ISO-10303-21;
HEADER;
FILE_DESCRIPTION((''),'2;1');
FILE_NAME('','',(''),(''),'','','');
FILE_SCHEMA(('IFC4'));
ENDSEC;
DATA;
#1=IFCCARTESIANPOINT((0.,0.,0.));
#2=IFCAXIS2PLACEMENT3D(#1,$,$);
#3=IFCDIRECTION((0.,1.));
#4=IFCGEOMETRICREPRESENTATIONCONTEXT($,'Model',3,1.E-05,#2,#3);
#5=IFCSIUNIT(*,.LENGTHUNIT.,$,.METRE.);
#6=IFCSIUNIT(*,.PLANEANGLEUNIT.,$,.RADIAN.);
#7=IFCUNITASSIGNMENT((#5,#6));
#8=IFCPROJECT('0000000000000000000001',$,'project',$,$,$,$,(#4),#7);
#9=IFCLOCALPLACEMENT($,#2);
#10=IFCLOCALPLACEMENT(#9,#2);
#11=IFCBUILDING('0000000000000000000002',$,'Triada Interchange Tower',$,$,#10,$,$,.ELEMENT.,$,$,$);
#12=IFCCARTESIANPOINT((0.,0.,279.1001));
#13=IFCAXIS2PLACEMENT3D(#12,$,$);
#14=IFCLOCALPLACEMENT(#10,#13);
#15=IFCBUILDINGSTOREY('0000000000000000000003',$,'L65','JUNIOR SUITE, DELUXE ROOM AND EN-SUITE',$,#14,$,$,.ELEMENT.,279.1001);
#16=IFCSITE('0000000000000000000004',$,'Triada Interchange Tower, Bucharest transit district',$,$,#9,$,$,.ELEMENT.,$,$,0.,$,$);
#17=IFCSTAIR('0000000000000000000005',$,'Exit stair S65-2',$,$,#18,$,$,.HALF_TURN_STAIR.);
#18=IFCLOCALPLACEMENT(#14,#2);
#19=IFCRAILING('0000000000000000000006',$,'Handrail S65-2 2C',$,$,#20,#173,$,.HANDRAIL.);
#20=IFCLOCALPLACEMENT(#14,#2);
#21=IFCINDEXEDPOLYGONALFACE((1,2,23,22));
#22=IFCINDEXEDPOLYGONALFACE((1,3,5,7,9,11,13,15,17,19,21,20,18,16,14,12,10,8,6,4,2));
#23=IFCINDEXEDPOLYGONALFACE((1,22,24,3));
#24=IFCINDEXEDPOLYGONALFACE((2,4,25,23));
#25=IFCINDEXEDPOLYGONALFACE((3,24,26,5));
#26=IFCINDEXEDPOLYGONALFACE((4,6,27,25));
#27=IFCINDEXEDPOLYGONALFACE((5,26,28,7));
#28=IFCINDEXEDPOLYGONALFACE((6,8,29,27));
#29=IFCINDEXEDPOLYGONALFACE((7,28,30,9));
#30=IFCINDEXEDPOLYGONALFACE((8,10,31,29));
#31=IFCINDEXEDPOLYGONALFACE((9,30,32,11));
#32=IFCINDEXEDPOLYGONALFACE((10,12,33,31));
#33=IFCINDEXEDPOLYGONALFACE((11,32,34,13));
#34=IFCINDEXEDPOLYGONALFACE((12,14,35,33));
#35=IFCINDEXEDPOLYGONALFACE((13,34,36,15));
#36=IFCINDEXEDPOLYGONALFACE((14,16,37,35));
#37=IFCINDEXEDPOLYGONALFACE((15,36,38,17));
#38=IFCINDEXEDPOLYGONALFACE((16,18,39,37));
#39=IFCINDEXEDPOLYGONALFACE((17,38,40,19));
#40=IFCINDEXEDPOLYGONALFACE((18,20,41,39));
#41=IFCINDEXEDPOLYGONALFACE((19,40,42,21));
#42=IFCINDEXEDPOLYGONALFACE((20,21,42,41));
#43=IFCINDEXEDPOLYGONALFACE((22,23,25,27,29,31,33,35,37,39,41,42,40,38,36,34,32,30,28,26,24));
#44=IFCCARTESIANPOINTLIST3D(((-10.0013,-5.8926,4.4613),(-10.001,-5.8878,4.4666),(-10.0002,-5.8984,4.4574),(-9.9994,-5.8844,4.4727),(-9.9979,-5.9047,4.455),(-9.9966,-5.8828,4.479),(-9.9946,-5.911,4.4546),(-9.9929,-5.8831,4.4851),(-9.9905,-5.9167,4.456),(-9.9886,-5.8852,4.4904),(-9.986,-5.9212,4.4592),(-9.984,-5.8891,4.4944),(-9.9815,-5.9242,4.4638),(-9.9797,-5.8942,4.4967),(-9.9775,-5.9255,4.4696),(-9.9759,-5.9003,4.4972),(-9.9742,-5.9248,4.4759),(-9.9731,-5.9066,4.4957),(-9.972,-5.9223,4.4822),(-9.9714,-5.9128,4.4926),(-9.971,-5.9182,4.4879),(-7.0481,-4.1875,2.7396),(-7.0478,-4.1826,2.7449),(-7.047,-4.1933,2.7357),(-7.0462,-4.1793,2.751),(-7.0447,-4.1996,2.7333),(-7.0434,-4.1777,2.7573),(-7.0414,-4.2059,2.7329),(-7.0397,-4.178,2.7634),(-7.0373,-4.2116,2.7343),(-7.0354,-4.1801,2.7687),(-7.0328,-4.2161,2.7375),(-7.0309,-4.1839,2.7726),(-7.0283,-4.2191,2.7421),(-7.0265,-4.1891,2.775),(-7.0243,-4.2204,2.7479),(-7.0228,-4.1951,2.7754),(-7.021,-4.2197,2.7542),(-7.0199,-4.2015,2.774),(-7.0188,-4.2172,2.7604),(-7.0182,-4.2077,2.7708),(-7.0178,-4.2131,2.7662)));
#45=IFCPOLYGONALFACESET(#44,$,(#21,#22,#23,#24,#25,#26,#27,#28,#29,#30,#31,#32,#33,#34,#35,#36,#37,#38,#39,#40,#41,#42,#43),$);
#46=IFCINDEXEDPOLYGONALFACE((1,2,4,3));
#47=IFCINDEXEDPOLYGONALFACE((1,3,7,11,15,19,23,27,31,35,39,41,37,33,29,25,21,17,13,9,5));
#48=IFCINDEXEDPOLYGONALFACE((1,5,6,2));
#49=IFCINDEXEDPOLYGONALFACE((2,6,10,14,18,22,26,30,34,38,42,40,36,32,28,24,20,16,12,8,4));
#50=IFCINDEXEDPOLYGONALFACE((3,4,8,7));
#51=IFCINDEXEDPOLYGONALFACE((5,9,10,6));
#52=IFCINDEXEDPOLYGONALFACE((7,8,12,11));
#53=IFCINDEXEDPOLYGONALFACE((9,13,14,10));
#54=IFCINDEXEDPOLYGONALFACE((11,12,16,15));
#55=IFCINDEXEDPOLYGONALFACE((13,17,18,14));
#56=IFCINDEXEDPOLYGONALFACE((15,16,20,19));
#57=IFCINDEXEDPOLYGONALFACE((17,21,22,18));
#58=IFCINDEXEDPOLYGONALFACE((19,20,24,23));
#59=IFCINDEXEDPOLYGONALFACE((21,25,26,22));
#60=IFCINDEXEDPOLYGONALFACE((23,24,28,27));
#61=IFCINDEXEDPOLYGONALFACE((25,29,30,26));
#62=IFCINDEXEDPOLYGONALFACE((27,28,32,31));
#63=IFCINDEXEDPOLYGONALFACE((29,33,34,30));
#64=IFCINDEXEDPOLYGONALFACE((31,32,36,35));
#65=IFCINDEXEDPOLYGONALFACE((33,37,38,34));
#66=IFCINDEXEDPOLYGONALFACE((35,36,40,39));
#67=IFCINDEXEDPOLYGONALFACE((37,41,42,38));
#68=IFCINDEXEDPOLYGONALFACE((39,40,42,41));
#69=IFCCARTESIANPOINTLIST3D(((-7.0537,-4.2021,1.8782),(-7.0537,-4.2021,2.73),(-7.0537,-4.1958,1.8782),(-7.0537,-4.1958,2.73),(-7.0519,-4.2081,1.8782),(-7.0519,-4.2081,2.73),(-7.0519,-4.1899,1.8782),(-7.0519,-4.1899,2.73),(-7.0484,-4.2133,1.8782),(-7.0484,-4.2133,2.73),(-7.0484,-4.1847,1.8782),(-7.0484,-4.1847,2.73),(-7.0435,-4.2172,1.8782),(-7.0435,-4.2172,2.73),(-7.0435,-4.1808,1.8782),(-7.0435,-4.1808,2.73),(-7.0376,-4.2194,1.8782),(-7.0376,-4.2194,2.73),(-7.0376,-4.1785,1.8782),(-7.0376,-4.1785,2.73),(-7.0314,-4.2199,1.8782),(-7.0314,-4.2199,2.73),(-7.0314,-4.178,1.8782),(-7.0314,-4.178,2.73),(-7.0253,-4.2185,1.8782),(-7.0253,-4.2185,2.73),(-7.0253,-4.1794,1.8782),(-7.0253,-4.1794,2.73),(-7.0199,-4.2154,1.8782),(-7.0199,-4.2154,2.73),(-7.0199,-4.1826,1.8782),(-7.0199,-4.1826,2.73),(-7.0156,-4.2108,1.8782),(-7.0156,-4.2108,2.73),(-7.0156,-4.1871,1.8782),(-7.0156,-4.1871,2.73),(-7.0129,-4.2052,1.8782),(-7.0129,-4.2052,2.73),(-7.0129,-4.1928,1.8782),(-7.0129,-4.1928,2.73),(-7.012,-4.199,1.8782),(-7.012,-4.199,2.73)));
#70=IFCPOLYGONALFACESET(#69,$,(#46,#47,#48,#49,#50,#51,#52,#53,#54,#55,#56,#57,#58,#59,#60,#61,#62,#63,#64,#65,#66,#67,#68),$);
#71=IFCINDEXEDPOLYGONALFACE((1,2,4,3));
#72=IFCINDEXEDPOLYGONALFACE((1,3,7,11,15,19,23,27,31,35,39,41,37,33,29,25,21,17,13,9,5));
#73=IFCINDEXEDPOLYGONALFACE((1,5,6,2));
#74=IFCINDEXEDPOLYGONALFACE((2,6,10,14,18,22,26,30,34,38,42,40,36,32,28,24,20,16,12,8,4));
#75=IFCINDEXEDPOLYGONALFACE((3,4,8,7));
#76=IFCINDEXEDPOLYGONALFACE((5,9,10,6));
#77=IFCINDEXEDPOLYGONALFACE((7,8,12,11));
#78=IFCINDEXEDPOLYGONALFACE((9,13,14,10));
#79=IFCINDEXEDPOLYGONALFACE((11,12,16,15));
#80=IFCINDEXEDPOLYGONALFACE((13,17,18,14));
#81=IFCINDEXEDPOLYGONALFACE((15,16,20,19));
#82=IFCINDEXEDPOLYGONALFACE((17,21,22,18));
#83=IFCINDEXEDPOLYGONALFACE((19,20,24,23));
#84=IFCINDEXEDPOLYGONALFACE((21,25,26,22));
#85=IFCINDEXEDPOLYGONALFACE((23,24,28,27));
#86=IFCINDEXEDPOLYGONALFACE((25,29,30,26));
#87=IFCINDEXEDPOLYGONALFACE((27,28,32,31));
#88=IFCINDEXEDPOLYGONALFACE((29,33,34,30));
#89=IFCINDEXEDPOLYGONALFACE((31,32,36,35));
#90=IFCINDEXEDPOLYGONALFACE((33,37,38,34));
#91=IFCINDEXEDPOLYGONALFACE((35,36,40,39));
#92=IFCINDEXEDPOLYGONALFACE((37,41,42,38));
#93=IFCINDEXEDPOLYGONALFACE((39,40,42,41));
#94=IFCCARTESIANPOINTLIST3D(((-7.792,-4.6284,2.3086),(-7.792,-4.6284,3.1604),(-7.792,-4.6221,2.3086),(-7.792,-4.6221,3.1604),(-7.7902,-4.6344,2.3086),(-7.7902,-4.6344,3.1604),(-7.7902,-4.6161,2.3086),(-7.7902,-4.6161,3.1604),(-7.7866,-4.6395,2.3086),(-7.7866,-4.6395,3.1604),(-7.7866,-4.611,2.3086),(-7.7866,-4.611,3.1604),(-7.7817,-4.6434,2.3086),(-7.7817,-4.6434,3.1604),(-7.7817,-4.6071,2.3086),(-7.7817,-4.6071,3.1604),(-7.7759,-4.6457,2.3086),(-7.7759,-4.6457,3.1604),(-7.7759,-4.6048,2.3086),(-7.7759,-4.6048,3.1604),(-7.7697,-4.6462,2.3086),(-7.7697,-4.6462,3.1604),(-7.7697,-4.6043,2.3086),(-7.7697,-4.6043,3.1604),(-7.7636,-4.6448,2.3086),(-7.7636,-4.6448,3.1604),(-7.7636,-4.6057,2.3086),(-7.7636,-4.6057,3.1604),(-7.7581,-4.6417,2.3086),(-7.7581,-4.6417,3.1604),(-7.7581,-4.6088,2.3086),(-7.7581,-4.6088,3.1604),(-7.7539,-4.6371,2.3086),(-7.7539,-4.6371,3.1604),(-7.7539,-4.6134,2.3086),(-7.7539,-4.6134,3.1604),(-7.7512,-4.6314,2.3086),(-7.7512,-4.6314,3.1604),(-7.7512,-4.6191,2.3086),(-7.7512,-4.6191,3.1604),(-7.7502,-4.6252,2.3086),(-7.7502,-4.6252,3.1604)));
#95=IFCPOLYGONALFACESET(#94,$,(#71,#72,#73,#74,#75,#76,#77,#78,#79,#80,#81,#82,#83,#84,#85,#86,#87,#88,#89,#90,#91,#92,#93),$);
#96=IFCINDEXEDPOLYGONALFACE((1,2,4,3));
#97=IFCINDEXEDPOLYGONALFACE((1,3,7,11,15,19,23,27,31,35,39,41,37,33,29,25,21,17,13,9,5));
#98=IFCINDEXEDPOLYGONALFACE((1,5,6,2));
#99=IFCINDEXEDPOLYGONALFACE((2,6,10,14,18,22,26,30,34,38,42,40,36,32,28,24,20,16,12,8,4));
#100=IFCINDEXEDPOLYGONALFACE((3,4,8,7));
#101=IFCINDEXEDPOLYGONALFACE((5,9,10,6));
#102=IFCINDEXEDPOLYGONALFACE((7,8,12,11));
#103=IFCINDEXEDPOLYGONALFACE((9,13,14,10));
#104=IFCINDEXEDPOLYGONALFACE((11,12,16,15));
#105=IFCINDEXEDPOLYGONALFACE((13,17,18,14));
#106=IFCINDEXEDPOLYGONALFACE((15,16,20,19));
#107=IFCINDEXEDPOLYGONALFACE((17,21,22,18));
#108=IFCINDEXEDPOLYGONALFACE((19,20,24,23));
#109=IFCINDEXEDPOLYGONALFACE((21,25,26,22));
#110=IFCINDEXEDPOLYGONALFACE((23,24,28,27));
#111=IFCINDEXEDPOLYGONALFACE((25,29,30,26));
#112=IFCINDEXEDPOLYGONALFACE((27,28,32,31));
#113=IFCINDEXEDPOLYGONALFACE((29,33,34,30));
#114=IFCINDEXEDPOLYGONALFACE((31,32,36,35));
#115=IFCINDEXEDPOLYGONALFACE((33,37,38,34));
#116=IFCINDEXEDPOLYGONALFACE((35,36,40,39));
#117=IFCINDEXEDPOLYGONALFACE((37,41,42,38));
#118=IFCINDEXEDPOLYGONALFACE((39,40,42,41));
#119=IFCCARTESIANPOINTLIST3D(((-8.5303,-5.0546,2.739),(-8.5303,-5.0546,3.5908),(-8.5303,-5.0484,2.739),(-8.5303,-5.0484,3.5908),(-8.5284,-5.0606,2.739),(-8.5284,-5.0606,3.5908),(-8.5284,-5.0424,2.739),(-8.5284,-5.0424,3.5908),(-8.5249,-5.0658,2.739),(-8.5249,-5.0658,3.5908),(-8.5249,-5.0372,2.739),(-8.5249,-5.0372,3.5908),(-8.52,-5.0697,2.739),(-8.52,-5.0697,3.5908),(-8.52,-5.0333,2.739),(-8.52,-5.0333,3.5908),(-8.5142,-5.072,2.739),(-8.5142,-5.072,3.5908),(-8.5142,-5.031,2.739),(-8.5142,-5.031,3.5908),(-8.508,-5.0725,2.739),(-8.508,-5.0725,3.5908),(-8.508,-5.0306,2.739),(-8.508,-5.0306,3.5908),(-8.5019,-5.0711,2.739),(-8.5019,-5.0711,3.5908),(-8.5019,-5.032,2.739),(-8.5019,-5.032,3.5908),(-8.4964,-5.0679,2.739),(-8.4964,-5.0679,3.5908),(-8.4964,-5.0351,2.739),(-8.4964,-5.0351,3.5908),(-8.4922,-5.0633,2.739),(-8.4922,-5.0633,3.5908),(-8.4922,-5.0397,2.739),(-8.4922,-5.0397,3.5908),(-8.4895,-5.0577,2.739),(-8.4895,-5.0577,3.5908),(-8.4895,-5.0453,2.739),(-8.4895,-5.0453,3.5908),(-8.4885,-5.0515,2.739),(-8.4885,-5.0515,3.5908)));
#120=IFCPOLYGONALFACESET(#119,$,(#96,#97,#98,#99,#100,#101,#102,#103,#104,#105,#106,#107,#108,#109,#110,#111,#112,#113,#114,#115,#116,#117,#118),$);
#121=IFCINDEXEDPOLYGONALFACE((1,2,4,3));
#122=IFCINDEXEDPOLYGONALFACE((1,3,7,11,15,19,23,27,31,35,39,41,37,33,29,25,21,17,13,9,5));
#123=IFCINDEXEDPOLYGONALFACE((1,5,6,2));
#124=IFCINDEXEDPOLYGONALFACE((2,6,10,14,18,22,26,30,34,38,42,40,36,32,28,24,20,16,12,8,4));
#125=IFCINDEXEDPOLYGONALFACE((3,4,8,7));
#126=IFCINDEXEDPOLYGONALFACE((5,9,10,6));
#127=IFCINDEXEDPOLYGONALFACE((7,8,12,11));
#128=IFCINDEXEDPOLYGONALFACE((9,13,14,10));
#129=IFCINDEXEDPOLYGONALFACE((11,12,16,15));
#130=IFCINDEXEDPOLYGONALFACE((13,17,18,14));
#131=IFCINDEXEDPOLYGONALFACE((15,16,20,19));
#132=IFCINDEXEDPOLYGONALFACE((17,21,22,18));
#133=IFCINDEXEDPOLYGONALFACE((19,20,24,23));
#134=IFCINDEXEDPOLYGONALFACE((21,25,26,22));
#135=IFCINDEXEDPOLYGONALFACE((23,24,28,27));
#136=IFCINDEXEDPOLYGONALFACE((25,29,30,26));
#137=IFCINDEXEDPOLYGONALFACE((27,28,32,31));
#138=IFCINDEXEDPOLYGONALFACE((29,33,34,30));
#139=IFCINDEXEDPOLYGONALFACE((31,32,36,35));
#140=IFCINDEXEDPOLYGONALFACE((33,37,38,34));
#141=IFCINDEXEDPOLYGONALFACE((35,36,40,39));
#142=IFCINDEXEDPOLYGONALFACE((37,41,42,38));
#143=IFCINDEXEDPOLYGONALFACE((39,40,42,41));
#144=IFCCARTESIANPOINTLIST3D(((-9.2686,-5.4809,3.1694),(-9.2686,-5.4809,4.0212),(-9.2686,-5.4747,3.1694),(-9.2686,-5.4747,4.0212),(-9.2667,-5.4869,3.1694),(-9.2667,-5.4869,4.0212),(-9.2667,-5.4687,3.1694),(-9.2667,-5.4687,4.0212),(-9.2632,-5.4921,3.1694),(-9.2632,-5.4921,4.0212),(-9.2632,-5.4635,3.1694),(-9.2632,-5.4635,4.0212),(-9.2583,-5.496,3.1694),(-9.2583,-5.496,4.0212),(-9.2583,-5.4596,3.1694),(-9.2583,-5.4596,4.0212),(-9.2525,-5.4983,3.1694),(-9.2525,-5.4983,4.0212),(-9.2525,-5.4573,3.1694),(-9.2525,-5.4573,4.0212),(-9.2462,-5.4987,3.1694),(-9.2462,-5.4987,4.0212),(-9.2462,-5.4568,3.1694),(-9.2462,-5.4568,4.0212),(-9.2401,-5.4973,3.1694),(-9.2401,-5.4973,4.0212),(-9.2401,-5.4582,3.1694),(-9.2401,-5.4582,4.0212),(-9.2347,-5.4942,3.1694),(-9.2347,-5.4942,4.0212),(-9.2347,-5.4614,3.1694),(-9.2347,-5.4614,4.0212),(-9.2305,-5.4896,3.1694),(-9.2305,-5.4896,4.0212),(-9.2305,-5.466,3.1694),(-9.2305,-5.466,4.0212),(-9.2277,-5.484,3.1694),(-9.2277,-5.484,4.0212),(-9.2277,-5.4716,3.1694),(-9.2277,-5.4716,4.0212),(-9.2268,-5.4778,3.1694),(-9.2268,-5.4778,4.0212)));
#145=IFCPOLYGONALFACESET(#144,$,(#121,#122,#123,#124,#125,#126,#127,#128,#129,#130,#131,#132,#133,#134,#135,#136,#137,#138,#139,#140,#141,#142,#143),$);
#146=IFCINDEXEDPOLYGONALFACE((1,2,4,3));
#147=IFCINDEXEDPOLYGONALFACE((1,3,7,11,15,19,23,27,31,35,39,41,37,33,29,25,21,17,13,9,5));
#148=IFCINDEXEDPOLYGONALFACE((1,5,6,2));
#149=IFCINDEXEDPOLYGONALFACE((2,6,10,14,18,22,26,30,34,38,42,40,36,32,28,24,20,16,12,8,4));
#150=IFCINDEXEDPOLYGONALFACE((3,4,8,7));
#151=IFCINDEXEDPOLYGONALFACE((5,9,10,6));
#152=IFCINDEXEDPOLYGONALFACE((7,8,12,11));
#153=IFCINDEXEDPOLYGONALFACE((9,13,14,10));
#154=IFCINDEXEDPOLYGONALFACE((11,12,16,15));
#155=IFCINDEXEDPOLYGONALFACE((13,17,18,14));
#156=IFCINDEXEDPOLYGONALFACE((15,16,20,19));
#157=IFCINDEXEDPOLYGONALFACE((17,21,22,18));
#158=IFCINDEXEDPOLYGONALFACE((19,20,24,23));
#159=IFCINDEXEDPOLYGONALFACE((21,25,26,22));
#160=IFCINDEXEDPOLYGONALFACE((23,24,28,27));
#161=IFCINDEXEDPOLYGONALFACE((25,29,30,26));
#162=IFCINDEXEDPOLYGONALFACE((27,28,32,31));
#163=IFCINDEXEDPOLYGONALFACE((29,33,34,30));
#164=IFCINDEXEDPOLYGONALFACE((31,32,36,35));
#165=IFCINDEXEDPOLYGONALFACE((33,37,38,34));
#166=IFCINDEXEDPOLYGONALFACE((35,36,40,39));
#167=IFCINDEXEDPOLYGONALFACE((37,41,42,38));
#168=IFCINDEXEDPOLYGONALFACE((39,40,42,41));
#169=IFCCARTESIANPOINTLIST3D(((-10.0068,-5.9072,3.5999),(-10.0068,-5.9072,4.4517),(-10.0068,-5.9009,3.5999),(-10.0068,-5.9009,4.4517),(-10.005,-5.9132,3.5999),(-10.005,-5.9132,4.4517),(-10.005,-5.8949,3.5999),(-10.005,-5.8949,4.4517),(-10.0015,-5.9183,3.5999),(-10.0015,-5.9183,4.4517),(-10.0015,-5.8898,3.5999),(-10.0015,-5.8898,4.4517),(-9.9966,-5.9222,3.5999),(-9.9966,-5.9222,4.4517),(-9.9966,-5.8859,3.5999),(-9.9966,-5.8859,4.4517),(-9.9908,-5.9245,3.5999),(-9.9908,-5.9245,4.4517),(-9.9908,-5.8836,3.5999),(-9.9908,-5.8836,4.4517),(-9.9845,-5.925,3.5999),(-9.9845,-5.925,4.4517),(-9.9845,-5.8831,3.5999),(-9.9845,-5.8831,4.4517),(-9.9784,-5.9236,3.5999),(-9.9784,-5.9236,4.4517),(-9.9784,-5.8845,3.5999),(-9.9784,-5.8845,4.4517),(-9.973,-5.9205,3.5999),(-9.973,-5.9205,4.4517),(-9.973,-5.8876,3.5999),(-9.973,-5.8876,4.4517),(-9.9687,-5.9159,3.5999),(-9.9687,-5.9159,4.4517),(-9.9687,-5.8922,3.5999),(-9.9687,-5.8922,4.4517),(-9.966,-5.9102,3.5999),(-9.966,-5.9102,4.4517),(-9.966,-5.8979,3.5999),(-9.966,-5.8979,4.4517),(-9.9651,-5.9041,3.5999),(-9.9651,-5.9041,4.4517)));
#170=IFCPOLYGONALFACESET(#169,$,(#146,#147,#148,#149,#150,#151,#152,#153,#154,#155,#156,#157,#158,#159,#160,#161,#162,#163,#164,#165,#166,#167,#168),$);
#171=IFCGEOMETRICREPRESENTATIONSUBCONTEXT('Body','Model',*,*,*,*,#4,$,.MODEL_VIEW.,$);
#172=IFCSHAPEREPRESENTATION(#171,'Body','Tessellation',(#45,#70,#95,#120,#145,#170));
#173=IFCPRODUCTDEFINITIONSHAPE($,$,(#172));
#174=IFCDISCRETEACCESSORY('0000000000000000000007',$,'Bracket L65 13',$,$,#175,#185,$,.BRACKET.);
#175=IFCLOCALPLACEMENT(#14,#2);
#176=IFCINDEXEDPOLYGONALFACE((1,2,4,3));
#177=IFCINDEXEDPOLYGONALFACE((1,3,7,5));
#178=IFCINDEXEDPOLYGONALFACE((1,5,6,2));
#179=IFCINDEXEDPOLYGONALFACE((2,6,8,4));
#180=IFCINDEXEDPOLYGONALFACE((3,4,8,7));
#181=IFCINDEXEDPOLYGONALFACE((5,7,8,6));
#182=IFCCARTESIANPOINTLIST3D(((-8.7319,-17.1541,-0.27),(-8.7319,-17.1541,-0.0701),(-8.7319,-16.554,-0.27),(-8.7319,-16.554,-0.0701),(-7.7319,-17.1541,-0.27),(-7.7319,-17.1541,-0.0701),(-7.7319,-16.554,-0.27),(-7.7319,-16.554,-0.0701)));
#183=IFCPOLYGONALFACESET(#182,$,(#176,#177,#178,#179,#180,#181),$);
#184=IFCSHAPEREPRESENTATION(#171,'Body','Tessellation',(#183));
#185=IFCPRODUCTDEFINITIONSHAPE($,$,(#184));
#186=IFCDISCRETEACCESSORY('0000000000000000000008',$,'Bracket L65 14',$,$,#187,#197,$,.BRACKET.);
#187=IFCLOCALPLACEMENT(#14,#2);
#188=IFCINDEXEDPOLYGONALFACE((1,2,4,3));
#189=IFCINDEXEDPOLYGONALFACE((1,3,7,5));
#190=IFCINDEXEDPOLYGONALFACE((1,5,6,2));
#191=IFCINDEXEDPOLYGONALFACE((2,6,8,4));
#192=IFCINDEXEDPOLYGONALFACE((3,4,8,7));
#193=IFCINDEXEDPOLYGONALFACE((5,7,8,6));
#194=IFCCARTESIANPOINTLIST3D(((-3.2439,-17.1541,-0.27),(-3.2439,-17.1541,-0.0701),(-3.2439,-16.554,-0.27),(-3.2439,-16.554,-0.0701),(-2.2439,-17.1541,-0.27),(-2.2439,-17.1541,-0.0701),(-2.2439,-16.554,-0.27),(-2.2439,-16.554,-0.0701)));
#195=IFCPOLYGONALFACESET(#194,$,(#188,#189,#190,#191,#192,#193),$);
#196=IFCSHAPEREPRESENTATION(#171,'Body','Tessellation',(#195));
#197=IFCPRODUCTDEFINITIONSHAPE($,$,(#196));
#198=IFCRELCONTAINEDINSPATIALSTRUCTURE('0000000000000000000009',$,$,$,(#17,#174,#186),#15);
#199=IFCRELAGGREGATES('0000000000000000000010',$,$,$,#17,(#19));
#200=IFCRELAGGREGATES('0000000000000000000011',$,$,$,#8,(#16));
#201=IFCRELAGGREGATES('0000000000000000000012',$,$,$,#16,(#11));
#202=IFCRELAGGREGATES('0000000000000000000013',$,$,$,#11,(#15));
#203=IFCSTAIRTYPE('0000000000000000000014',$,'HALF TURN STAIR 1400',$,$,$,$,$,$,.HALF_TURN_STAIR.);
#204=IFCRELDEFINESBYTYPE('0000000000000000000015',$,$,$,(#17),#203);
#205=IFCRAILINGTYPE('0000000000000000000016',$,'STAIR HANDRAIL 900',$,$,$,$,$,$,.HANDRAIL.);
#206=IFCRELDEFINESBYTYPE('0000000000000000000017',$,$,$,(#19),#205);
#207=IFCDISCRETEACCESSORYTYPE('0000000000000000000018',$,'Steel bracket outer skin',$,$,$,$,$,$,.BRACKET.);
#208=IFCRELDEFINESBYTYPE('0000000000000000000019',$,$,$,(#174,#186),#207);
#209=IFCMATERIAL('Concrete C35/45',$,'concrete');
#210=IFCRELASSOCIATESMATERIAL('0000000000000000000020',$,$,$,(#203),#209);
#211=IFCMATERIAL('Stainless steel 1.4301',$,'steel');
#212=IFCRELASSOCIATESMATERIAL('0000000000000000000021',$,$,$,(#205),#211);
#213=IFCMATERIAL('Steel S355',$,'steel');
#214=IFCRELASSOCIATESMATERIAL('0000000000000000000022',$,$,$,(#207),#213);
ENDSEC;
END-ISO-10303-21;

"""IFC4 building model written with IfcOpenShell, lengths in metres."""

from ifc_helpers import new_model, si_unit, direction, frame, origin, origin_2d, place, context, subcontext, project, spatial, rectangle, circle, extrude, material, type_object, element, aggregate, save


model = new_model("IFC4")

# Units and contexts
model_context = context("Model", 3, precision=1e-05, world=origin(), true_north=direction((0.0, 1.0)))
body_context = subcontext(model_context, "Body", "Model", "MODEL_VIEW")
ifc_project = project(units=[si_unit("LENGTHUNIT", "METRE"), si_unit("PLANEANGLEUNIT", "RADIAN")], contexts=[model_context])

# Site, building, storey
site_placement = place(None, origin())
site = spatial("IfcSite", under=ifc_project, at=site_placement, Name="Triada Interchange Tower, Bucharest transit district", CompositionType="ELEMENT", RefElevation=0.0)
building_placement = place(site_placement, origin())
building = spatial("IfcBuilding", under=site, at=building_placement, Name="Triada Interchange Tower", CompositionType="ELEMENT")
storey_placement = place(building_placement, frame((0.0, 0.0, 279.1001)))
storey = spatial("IfcBuildingStorey", under=building, at=storey_placement, Name="L65", Description="JUNIOR SUITE, DELUXE ROOM AND EN-SUITE", CompositionType="ELEMENT", Elevation=279.1001)

# Stair
ifc_material_1 = material(Name="Concrete C35/45", Category="concrete")
stair_type = type_object("IfcStairType", Name="HALF TURN STAIR 1400", PredefinedType="HALF_TURN_STAIR", material=ifc_material_1)
stair_placement = place(storey_placement, origin())
stair = element("IfcStair", 1, at=stair_placement, inside=storey, type_object=stair_type, Name="Exit stair S65-2", PredefinedType="HALF_TURN_STAIR")

# Railing
ifc_material_2 = material(Name="Stainless steel 1.4301", Category="steel")
railing_type = type_object("IfcRailingType", Name="STAIR HANDRAIL 900", PredefinedType="HANDRAIL", material=ifc_material_2)
railing_1_placement = place(storey_placement, frame((-7.033, -4.199, 1.8782)))
railing_1 = element("IfcRailing", 2, at=railing_1_placement, type_object=railing_type, Name="Handrail S65-2 2C", PredefinedType="HANDRAIL", context=body_context, shape_type="SweptSolid", body=[
    extrude(circle(Radius=0.0239, at=origin_2d()), frame((0.0, 0.0, 0.876), z_axis=(-0.773069, -0.446355, 0.450701), x_axis=(0.50002, -0.866014, 0.0)), (0.0, 0.0, 1.0), 3.8201),
    extrude(circle(Radius=0.021, at=origin_2d()), origin(), (0.0, 0.0, 1.0), 0.8518),
    extrude(circle(Radius=0.021, at=origin_2d()), frame((-0.7383, -0.4263, 0.4304)), (0.0, 0.0, 1.0), 0.8518),
    extrude(circle(Radius=0.021, at=origin_2d()), frame((-1.4766, -0.8525, 0.8608)), (0.0, 0.0, 1.0), 0.8518),
    extrude(circle(Radius=0.021, at=origin_2d()), frame((-2.2148, -1.2788, 1.2913)), (0.0, 0.0, 1.0), 0.8518),
    extrude(circle(Radius=0.021, at=origin_2d()), frame((-2.9531, -1.7051, 1.7217)), (0.0, 0.0, 1.0), 0.8518),
])
aggregate(stair, [railing_1])

# Discrete accessories
ifc_material_3 = material(Name="Steel S355", Category="steel")
discrete_accessory_type = type_object("IfcDiscreteAccessoryType", Name="Steel bracket outer skin", PredefinedType="BRACKET", material=ifc_material_3)
for number, where, z_axis, x_axis, name in (
    (3, (-8.2319, -16.854, -0.27), (0.0, 0.0, 1.0), (0.0, -1.0, 0.0), "Bracket L65 13"),
    (4, (-2.7439, -16.854, -0.27), (0.0, 0.0, 1.0), (0.0, -1.0, 0.0), "Bracket L65 14"),
):
    element("IfcDiscreteAccessory", number, at=place(storey_placement, frame(where, z_axis=z_axis, x_axis=x_axis)), inside=storey, type_object=discrete_accessory_type, Name=name, PredefinedType="BRACKET", context=body_context, shape_type="SweptSolid", body=[
        extrude(rectangle(XDim=0.6001, YDim=1.0, at=origin_2d()), origin(), (0.0, 0.0, 1.0), 0.2),
    ])

save(model, "model.ifc")
